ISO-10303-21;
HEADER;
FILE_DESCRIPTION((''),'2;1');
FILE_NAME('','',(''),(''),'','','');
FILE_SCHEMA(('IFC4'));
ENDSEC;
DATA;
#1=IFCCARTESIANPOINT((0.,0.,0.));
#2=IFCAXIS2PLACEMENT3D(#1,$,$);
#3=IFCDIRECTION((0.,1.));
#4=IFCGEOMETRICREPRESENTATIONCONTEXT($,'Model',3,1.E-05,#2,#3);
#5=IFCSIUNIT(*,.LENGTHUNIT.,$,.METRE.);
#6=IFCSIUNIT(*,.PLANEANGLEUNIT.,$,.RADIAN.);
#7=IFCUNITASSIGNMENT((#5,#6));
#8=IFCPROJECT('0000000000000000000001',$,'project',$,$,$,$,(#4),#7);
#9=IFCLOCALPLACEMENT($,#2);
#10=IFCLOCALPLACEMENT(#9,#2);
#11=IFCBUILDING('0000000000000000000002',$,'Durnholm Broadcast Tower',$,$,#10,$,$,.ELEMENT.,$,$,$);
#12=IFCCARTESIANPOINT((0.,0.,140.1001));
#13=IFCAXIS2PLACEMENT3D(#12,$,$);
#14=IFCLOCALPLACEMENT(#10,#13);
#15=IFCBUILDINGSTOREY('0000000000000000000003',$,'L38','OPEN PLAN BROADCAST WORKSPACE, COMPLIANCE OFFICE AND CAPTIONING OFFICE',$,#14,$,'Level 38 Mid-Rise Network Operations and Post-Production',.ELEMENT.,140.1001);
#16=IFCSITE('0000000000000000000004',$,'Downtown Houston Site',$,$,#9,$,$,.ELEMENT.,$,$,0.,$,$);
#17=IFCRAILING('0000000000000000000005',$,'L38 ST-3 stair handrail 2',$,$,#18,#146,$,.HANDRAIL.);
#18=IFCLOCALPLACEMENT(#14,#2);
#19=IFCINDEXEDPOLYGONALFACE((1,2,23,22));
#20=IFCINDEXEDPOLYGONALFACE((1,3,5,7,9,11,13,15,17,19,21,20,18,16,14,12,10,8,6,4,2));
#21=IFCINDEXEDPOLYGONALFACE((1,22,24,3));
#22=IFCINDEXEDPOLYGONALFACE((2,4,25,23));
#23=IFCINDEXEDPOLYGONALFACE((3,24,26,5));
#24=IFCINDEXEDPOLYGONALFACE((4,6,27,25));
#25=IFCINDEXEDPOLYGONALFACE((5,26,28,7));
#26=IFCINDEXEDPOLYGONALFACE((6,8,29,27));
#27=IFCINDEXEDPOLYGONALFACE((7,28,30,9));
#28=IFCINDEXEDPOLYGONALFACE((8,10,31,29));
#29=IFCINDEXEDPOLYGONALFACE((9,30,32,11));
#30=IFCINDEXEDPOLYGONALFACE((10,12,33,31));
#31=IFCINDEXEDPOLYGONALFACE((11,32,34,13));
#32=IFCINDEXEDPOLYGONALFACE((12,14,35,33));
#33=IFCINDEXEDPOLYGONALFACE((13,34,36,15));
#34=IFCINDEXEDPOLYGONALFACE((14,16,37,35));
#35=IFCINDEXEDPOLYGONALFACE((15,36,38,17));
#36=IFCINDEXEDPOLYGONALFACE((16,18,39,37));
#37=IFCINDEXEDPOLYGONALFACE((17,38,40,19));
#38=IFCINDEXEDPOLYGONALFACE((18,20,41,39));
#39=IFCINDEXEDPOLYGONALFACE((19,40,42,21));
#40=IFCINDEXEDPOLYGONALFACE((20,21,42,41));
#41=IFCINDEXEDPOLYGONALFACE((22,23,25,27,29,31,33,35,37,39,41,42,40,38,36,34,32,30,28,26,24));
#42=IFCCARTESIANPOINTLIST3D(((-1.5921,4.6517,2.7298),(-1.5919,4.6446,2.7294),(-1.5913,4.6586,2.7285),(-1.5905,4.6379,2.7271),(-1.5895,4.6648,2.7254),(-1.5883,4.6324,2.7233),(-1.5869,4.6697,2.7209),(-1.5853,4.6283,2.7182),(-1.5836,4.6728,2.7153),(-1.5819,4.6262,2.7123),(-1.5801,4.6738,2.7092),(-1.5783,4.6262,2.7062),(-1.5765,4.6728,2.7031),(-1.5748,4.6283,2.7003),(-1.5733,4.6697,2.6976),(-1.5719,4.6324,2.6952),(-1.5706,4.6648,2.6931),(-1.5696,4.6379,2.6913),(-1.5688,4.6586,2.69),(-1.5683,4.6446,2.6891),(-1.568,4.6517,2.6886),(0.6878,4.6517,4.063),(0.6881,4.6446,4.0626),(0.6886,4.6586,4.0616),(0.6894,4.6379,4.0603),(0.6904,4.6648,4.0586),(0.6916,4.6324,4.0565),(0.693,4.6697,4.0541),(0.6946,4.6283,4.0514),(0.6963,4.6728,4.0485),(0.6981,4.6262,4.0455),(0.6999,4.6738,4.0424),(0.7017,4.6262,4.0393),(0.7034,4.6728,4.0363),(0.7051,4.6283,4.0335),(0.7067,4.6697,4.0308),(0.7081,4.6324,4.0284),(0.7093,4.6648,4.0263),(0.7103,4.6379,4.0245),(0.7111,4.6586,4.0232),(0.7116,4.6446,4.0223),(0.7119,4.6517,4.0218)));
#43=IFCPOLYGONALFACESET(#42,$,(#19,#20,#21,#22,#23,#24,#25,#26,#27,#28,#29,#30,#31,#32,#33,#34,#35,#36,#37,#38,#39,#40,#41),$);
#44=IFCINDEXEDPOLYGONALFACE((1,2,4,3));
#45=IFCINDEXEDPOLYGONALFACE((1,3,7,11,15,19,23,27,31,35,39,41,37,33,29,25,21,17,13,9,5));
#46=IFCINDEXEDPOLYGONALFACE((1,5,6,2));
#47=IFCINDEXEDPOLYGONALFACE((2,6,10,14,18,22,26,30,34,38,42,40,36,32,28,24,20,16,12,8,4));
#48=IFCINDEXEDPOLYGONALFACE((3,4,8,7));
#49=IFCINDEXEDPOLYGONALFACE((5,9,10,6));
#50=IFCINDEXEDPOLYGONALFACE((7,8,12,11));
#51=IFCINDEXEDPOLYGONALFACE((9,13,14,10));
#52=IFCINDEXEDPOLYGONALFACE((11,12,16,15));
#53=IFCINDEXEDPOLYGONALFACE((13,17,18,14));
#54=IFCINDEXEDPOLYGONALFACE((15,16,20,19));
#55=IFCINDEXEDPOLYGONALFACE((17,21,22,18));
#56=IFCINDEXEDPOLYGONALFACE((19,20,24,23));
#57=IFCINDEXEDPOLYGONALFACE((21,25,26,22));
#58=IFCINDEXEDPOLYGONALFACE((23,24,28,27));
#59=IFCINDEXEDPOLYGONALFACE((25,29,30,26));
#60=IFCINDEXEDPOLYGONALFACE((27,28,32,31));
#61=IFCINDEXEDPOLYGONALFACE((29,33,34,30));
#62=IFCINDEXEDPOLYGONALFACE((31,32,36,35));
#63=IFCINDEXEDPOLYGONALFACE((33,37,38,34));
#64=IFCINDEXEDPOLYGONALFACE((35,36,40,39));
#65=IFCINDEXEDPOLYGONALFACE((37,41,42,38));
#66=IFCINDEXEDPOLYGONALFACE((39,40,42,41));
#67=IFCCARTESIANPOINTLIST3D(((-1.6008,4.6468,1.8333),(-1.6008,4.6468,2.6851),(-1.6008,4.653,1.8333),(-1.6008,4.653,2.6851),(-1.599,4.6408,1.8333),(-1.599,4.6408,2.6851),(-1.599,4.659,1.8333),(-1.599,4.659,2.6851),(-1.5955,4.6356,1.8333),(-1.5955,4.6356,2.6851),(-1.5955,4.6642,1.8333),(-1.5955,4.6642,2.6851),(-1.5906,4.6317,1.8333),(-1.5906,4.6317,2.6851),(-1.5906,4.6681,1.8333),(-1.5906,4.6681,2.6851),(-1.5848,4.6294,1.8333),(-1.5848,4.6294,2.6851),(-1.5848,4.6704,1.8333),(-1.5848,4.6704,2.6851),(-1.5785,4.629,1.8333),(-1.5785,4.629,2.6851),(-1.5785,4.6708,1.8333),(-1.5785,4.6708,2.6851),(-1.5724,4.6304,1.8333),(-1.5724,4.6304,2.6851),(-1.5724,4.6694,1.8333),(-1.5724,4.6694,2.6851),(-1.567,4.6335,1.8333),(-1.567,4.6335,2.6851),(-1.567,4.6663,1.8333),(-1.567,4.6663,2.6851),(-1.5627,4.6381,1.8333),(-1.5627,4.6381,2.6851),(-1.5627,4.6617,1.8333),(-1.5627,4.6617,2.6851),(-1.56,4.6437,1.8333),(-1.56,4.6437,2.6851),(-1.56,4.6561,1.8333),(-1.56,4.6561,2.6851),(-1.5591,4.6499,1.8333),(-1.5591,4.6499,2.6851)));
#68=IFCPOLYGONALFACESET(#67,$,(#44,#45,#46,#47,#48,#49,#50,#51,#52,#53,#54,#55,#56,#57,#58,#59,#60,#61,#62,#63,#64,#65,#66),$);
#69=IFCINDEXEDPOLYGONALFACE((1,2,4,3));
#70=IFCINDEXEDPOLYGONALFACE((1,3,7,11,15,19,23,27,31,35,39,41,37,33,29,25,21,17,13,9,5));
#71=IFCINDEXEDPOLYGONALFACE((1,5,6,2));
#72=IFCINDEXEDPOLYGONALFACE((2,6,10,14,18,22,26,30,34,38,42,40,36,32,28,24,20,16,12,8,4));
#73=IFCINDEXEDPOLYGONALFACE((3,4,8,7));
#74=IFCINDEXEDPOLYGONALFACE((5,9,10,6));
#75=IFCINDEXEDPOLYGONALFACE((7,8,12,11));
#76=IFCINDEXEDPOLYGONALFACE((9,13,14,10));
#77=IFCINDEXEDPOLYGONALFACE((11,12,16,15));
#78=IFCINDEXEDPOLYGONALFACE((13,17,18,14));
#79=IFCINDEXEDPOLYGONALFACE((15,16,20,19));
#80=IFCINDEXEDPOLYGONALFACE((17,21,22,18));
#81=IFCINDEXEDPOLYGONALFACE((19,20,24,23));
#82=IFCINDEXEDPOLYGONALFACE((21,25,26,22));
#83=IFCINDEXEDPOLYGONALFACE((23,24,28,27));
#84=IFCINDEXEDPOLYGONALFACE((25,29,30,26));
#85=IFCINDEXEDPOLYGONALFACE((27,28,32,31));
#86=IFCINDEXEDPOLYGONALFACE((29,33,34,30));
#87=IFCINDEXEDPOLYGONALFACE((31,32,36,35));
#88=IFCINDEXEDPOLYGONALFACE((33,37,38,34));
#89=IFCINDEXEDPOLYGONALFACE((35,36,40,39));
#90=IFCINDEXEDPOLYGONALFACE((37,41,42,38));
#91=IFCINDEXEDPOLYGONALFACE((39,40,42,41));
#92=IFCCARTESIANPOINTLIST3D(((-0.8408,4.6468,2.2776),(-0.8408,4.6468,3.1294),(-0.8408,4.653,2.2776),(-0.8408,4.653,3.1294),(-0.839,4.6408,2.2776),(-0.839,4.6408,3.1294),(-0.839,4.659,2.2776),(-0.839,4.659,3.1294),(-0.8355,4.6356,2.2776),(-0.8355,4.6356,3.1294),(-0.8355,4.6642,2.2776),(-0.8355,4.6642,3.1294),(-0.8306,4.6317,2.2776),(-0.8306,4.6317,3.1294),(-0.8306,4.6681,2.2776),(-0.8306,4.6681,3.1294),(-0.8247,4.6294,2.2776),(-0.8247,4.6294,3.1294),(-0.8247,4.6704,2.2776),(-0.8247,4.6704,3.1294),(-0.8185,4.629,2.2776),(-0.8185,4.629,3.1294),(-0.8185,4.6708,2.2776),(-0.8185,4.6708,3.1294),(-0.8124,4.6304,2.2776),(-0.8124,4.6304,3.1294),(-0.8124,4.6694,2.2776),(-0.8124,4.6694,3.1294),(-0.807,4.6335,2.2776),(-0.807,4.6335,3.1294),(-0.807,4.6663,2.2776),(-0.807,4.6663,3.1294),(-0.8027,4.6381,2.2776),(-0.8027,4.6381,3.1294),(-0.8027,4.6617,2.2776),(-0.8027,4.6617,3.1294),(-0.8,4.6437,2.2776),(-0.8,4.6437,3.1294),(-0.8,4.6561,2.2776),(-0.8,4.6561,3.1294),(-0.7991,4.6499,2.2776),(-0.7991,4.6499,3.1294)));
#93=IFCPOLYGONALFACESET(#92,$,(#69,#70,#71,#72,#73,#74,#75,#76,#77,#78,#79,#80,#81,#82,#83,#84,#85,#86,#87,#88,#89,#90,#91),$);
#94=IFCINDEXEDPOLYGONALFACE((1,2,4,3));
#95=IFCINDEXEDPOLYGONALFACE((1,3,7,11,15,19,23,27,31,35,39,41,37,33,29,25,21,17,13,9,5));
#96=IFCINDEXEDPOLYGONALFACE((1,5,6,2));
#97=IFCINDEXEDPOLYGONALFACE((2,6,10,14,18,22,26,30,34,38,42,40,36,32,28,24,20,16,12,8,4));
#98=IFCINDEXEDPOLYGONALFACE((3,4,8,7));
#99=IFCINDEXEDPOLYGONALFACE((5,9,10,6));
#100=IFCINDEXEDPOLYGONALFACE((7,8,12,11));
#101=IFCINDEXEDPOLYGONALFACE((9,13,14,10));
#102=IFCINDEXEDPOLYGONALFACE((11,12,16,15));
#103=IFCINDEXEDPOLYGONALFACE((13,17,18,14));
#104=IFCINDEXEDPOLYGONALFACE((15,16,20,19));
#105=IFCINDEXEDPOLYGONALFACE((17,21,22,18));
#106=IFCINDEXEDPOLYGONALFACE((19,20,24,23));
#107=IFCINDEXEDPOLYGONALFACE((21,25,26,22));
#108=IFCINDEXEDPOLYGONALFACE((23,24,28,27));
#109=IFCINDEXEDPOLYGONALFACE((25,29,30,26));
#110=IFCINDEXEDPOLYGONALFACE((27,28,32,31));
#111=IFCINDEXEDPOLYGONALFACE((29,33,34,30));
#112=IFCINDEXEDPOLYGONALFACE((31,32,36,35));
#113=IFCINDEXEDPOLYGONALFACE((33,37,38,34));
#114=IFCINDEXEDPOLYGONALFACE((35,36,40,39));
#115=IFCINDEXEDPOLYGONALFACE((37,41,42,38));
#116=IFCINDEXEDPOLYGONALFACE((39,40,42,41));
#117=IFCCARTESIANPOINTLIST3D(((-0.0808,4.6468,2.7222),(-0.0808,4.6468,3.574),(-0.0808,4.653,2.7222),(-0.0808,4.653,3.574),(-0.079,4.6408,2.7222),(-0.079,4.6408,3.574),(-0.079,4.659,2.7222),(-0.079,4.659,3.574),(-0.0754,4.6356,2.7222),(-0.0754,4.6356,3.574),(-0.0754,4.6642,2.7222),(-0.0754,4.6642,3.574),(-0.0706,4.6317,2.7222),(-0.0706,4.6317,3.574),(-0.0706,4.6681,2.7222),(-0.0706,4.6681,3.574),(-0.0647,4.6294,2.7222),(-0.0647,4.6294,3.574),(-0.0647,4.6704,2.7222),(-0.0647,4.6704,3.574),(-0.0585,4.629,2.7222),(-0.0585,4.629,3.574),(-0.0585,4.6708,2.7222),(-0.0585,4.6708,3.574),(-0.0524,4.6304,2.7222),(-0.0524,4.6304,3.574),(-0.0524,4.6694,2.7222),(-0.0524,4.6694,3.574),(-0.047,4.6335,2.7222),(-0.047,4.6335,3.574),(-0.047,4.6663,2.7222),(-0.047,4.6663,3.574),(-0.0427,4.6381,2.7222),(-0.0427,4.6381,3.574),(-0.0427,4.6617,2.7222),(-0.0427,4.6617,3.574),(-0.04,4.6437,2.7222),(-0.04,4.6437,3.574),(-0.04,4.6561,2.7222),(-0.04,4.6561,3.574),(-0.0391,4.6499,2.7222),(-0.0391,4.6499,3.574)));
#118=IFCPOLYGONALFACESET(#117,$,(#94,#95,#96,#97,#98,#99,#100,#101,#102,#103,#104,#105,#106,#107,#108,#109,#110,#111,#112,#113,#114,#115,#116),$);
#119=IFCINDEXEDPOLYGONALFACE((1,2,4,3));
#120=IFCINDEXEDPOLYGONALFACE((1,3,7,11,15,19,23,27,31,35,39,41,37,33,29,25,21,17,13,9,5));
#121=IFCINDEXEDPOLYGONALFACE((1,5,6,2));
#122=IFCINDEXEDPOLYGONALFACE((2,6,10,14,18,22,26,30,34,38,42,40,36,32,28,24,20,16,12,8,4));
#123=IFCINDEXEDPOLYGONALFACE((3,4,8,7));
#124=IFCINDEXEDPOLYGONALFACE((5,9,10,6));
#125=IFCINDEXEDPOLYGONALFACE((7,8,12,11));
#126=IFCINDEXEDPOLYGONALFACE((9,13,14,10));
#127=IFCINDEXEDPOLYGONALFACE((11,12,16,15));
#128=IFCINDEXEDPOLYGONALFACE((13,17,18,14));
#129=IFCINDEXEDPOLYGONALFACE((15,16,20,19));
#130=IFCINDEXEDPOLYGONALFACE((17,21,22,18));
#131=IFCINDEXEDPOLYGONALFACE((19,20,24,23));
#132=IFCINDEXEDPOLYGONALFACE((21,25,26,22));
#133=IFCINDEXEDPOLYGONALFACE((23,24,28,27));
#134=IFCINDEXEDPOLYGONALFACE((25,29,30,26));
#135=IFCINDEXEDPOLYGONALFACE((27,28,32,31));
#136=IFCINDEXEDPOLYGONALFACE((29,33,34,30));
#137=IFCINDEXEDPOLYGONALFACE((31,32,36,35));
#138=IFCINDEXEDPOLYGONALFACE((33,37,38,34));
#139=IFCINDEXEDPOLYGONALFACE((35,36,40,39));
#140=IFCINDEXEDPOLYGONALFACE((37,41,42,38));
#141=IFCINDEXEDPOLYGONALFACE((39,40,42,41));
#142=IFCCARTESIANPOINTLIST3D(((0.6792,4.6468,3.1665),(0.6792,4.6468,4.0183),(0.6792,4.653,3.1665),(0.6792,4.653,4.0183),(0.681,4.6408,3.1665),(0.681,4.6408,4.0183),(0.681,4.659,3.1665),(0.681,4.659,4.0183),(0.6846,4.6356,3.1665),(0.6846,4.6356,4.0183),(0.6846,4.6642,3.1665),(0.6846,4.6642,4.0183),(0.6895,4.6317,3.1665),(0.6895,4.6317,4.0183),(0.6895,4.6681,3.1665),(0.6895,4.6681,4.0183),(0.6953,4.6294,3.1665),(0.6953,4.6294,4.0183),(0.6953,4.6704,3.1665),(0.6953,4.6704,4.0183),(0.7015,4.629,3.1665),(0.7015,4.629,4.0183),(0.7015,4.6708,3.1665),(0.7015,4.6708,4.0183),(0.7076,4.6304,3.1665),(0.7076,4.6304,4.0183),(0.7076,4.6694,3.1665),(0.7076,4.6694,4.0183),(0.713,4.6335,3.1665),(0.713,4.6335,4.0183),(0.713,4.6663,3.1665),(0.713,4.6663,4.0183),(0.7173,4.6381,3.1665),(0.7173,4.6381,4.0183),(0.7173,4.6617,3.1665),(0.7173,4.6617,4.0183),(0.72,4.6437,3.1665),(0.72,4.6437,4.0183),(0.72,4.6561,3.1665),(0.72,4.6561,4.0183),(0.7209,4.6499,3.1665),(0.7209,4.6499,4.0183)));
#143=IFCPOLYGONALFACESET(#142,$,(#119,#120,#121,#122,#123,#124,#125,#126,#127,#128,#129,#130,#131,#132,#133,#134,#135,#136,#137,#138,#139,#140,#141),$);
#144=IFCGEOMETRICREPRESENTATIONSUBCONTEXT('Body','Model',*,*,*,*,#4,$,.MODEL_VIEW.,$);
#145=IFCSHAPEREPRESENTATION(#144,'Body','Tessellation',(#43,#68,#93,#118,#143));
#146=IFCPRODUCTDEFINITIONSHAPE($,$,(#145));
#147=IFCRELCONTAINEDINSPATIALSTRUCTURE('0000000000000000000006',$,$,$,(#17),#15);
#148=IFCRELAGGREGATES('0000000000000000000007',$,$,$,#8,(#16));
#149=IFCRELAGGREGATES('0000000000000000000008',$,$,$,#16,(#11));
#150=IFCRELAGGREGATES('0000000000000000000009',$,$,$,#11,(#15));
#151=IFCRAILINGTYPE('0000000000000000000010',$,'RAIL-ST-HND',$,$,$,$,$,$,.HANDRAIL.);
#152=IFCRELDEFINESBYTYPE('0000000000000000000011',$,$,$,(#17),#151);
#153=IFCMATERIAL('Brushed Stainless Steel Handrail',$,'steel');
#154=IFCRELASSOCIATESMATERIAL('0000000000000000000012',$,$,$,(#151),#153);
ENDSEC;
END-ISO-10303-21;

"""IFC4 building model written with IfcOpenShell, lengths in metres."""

from ifc_helpers import new_model, si_unit, direction, frame, origin, origin_2d, place, context, subcontext, project, spatial, circle, extrude, material, type_object, element, save


model = new_model("IFC4")

# Units and contexts
model_context = context("Model", 3, precision=1e-05, world=origin(), true_north=direction((0.0, 1.0)))
body_context = subcontext(model_context, "Body", "Model", "MODEL_VIEW")
ifc_project = project(units=[si_unit("LENGTHUNIT", "METRE"), si_unit("PLANEANGLEUNIT", "RADIAN")], contexts=[model_context])

# Site, building, storey
site_placement = place(None, origin())
site = spatial("IfcSite", under=ifc_project, at=site_placement, Name="Downtown Houston Site", CompositionType="ELEMENT", RefElevation=0.0)
building_placement = place(site_placement, origin())
building = spatial("IfcBuilding", under=site, at=building_placement, Name="Durnholm Broadcast Tower", CompositionType="ELEMENT")
storey_placement = place(building_placement, frame((0.0, 0.0, 140.1001)))
storey = spatial("IfcBuildingStorey", under=building, at=storey_placement, Name="L38", Description="OPEN PLAN BROADCAST WORKSPACE, COMPLIANCE OFFICE AND CAPTIONING OFFICE", LongName="Level 38 Mid-Rise Network Operations and Post-Production", CompositionType="ELEMENT", Elevation=140.1001)

# Railing
ifc_material_1 = material(Name="Brushed Stainless Steel Handrail", Category="steel")
railing_type_1 = type_object("IfcRailingType", Name="RAIL-ST-HND", PredefinedType="HANDRAIL", material=ifc_material_1)
railing_1_placement = place(storey_placement, frame((-1.5801, 4.6499, 1.8333)))
element("IfcRailing", 1, at=railing_1_placement, inside=storey, type_object=railing_type_1, Name="L38 ST-3 stair handrail 2", PredefinedType="HANDRAIL", context=body_context, shape_type="SweptSolid", body=[
    extrude(circle(Radius=0.0239, at=origin_2d()), frame((0.0, 0.0, 0.876), z_axis=(0.863245, 0.0, 0.504785), x_axis=(0.0, 1.0, 0.0)), (0.0, 0.0, 1.0), 2.6411),
    extrude(circle(Radius=0.021, at=origin_2d()), origin(), (0.0, 0.0, 1.0), 0.8518),
    extrude(circle(Radius=0.021, at=origin_2d()), frame((0.76, 0.0, 0.4443)), (0.0, 0.0, 1.0), 0.8518),
    extrude(circle(Radius=0.021, at=origin_2d()), frame((1.52, 0.0, 0.8889)), (0.0, 0.0, 1.0), 0.8518),
    extrude(circle(Radius=0.021, at=origin_2d()), frame((2.28, 0.0, 1.3333)), (0.0, 0.0, 1.0), 0.8518),
])

save(model, "model.ifc")
